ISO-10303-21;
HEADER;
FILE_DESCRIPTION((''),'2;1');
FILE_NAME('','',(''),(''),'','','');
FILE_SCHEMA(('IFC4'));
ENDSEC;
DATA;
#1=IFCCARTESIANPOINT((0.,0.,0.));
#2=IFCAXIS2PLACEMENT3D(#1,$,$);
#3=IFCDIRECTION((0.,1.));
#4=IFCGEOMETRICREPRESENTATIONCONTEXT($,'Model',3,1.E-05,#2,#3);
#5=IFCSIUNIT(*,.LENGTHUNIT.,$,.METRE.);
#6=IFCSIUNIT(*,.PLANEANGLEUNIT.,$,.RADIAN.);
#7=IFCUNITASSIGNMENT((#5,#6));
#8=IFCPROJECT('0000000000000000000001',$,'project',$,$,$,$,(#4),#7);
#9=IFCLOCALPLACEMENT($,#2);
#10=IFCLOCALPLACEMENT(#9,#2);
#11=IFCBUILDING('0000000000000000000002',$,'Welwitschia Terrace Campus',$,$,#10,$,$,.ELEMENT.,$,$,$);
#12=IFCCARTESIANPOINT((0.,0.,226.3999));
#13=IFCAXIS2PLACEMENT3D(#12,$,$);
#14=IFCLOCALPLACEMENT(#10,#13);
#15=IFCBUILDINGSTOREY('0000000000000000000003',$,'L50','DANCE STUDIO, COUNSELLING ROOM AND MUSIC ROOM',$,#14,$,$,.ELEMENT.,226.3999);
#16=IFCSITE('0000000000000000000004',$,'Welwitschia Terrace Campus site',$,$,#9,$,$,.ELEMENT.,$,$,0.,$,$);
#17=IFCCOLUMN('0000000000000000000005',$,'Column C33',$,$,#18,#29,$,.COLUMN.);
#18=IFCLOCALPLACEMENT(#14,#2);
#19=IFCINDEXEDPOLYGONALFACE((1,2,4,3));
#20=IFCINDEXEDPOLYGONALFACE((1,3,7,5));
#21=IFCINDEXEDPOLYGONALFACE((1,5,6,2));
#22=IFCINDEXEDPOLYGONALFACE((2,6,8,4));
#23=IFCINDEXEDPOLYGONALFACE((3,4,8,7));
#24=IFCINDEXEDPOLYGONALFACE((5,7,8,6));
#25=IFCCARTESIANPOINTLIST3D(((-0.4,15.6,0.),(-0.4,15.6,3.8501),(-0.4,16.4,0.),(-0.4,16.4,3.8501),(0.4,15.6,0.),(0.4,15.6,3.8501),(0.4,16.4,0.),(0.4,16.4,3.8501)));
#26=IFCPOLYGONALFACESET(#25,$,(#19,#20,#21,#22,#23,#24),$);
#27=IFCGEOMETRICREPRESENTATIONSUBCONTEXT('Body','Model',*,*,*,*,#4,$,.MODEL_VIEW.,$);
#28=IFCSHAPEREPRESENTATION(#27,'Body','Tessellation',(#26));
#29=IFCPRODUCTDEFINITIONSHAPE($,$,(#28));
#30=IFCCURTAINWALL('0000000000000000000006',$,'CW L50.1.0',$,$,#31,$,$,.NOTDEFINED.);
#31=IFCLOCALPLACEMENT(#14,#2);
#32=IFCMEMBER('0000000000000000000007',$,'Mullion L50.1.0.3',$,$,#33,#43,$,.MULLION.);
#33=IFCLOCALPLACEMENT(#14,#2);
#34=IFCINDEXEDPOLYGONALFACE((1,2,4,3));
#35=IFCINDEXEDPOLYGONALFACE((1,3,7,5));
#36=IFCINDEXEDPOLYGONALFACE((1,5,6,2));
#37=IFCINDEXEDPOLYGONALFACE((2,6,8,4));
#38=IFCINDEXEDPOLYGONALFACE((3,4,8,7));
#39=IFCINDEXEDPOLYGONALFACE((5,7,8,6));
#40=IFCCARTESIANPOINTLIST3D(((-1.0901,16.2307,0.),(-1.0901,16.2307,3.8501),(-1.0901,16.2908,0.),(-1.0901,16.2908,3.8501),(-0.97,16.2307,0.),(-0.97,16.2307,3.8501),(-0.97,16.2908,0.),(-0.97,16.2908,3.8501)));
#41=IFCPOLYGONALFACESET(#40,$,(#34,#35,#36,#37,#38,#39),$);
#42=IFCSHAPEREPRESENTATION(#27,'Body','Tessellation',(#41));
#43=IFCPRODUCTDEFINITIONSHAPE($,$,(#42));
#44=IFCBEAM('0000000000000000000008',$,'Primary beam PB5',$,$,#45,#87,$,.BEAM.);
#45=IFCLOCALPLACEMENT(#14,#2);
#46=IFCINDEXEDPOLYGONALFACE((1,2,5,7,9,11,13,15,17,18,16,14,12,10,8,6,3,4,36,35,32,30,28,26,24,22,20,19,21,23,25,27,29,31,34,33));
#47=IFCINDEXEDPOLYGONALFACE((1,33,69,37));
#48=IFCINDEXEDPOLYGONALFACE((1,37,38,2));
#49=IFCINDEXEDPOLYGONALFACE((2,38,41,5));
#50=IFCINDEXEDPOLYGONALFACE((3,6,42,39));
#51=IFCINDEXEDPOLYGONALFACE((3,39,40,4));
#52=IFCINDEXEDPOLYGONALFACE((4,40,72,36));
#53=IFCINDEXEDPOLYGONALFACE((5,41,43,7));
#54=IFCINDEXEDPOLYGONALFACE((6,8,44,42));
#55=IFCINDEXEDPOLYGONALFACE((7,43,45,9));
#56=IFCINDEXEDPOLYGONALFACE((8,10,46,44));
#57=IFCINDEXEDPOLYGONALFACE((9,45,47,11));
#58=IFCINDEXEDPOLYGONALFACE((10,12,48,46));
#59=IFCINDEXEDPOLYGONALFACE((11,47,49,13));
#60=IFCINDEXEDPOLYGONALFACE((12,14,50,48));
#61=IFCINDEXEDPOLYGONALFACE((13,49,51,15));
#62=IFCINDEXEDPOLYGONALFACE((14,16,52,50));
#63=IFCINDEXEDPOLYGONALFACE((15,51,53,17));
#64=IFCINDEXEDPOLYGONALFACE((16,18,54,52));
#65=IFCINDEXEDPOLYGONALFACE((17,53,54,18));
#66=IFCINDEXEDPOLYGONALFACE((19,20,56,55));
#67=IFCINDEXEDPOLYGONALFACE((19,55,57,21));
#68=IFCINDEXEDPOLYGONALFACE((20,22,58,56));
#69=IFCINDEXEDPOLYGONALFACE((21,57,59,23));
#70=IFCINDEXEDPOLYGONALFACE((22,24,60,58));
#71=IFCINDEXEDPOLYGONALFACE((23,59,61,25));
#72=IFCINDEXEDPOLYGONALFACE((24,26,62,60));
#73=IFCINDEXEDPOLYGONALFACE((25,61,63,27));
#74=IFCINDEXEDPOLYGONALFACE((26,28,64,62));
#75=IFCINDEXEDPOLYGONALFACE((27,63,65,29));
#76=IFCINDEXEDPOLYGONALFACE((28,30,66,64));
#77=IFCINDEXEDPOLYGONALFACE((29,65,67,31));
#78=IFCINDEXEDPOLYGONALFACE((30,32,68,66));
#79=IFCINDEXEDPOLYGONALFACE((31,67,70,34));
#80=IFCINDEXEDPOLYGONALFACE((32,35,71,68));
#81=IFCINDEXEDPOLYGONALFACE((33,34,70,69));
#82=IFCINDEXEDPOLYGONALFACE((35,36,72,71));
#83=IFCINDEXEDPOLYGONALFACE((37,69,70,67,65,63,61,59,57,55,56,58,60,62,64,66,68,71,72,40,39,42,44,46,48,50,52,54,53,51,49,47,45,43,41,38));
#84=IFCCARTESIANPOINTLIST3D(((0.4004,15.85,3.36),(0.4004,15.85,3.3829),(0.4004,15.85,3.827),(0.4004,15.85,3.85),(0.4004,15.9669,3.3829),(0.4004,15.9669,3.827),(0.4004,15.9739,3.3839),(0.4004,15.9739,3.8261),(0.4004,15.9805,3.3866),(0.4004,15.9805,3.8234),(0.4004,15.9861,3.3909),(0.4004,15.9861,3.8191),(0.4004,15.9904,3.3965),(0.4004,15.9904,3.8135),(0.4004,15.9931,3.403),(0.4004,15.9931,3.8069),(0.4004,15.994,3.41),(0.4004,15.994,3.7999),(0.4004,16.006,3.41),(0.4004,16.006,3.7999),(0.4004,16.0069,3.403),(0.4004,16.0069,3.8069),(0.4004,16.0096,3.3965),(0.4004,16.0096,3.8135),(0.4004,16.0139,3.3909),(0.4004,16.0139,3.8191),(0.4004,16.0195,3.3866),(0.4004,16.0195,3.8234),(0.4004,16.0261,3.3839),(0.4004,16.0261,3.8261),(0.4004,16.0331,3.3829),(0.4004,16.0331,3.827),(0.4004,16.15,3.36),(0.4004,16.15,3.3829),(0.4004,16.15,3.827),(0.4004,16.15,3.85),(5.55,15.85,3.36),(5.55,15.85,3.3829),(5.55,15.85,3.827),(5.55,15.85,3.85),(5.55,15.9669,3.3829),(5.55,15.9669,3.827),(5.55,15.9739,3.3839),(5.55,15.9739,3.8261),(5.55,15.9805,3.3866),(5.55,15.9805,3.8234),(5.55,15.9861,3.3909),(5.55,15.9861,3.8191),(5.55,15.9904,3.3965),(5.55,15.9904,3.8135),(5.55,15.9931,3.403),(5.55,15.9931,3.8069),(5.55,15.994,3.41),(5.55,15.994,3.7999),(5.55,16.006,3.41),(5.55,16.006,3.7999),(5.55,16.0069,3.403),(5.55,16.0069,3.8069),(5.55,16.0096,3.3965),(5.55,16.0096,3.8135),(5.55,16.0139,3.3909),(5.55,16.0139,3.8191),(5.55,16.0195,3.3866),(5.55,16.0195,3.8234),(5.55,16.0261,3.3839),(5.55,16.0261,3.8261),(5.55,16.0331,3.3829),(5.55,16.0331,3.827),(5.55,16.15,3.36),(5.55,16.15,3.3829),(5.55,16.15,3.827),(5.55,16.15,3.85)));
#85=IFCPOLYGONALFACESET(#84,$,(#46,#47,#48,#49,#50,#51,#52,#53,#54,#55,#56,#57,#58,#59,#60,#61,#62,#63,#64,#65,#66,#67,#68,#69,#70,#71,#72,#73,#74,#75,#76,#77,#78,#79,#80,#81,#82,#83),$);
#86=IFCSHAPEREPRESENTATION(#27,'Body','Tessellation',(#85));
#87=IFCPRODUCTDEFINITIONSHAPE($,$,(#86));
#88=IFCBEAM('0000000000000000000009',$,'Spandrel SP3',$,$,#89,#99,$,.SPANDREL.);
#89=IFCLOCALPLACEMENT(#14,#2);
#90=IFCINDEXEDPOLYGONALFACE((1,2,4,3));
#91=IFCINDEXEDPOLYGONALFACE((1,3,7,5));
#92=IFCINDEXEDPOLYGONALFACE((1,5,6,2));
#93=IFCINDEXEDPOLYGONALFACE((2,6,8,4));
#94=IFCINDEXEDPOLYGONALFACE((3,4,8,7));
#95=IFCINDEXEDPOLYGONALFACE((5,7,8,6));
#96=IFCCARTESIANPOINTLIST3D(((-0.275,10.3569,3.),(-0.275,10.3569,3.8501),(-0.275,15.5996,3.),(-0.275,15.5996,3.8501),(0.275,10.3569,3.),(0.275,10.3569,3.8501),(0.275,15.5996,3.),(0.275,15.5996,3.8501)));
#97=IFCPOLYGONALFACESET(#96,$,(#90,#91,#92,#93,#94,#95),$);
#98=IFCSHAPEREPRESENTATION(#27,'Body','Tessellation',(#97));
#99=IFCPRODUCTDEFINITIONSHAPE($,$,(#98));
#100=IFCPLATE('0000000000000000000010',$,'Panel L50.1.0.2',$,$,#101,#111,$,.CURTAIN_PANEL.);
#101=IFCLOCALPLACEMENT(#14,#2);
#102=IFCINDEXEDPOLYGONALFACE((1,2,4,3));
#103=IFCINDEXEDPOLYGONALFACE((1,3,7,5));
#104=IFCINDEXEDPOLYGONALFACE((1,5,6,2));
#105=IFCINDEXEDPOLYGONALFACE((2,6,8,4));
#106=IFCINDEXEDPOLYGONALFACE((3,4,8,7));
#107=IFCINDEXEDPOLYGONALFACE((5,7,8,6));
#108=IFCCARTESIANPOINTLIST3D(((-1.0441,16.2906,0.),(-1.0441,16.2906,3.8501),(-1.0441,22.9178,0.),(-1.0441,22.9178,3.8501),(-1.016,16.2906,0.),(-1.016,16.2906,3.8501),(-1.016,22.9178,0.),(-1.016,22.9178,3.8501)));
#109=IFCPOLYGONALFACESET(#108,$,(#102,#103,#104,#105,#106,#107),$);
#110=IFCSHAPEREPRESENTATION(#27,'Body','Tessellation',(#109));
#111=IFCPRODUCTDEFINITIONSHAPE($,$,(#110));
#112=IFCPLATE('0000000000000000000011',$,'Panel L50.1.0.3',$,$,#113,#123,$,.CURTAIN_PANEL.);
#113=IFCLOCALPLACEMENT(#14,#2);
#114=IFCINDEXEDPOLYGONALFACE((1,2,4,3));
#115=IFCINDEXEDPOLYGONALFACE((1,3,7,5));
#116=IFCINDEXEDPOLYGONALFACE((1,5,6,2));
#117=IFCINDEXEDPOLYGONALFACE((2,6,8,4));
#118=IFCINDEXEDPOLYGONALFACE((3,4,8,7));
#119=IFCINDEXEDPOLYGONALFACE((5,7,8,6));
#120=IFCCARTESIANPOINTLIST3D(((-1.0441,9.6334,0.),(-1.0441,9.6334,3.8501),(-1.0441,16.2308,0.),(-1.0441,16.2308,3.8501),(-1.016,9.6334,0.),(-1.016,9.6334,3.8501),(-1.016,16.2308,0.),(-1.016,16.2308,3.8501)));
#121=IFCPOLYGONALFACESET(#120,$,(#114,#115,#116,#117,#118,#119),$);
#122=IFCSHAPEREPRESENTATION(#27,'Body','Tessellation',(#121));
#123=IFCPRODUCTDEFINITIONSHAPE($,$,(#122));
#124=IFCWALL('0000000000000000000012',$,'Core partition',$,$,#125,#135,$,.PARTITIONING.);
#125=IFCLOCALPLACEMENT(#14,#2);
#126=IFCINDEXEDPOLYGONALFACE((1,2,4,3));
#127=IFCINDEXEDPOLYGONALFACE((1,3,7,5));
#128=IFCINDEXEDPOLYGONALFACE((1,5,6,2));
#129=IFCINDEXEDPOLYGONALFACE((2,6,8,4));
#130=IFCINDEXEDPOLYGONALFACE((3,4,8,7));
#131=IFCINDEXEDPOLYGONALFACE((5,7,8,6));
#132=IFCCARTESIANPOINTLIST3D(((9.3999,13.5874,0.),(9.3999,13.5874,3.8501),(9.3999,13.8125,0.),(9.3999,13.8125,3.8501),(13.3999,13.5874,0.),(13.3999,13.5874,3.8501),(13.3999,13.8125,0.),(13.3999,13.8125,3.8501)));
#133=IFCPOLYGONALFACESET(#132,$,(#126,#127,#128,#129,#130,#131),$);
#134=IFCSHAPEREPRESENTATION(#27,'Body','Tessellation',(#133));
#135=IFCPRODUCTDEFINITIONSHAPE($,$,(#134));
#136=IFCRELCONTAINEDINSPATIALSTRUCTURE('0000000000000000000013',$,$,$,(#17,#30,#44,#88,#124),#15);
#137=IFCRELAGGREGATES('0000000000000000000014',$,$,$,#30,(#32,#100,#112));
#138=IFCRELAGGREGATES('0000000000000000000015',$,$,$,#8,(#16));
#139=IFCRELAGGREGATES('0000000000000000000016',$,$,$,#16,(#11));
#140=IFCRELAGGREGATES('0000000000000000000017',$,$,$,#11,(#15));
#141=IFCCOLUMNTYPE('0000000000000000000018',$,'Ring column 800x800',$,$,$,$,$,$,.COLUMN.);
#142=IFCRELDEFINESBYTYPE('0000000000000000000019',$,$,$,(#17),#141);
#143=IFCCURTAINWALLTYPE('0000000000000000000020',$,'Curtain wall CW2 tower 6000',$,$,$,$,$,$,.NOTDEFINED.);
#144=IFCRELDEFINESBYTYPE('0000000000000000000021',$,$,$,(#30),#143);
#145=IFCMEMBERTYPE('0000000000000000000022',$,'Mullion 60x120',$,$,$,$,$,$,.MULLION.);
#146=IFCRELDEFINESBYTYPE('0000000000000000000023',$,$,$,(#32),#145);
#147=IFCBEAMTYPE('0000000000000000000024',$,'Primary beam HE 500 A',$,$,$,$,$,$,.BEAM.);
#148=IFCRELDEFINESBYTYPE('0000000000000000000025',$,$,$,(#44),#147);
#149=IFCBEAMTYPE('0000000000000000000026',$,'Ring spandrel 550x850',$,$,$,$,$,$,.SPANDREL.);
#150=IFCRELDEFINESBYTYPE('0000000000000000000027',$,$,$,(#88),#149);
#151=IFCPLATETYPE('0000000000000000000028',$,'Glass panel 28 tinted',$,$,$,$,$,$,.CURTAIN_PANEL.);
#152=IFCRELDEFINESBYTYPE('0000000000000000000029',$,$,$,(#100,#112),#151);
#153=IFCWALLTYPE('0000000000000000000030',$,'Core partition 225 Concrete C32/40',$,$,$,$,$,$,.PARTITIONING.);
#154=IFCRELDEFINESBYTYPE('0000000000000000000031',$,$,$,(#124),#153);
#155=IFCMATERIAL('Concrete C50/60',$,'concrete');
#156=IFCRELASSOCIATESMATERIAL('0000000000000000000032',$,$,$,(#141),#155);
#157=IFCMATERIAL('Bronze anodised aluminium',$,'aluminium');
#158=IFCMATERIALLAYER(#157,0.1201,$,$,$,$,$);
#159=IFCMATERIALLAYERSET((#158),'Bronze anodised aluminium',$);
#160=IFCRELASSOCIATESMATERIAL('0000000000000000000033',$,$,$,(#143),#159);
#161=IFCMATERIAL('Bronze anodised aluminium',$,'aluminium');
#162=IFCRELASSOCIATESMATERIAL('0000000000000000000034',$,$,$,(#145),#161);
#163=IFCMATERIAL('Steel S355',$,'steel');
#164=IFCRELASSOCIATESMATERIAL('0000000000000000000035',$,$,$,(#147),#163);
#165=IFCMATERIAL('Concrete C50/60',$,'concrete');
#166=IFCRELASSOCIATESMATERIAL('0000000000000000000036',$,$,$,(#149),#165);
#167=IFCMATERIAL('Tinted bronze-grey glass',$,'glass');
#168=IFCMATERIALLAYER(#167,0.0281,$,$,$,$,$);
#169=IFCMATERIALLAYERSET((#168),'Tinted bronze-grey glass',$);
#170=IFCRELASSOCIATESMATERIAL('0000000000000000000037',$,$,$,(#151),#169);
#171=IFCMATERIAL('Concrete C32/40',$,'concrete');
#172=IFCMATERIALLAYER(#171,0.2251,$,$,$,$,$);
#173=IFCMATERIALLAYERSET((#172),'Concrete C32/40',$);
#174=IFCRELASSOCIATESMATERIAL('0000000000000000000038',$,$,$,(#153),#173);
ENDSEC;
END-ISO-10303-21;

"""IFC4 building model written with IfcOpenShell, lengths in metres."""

from ifc_helpers import new_model, si_unit, direction, frame, frame_2d, origin, origin_2d, place, context, subcontext, project, spatial, rectangle, i_section, extrude, material, layer, layer_set, material_profile, profile_set, type_object, element, aggregate, save


model = new_model("IFC4")

# Units and contexts
model_context = context("Model", 3, precision=1e-05, world=origin(), true_north=direction((0.0, 1.0)))
body_context = subcontext(model_context, "Body", "Model", "MODEL_VIEW")
ifc_project = project(units=[si_unit("LENGTHUNIT", "METRE"), si_unit("PLANEANGLEUNIT", "RADIAN")], contexts=[model_context])

# Site, building, storey
site_placement = place(None, origin())
site = spatial("IfcSite", under=ifc_project, at=site_placement, Name="Welwitschia Terrace Campus site", CompositionType="ELEMENT", RefElevation=0.0)
building_placement = place(site_placement, origin())
building = spatial("IfcBuilding", under=site, at=building_placement, Name="Welwitschia Terrace Campus", CompositionType="ELEMENT")
storey_placement = place(building_placement, frame((0.0, 0.0, 226.3999)))
storey = spatial("IfcBuildingStorey", under=building, at=storey_placement, Name="L50", Description="DANCE STUDIO, COUNSELLING ROOM AND MUSIC ROOM", CompositionType="ELEMENT", Elevation=226.3999)

# Column
ifc_material_1 = material(Name="Concrete C50/60", Category="concrete")
ifc_material_profile_1 = material_profile(ifc_material_1, rectangle(XDim=0.8, YDim=0.8, at=origin_2d()))
ifc_profile_set_1 = profile_set([ifc_material_profile_1], Name="Concrete C50/60")
column_type = type_object("IfcColumnType", Name="Ring column 800x800", PredefinedType="COLUMN", material=ifc_profile_set_1)
column_placement = place(storey_placement, frame((0.0, 16.0, 0.0), z_axis=(0.0, 0.0, 1.0), x_axis=(1.0, 0.0, 0.0)))
element("IfcColumn", 1, at=column_placement, inside=storey, type_object=column_type, Name="Column C33", PredefinedType="COLUMN", context=body_context, shape_type="SweptSolid", body=[
    extrude(rectangle(XDim=0.8, YDim=0.8, at=origin_2d()), origin(), (0.0, 0.0, 1.0), 3.8501),
])

# Curtain wall, member
ifc_material_2 = material(Name="Bronze anodised aluminium", Category="aluminium")
ifc_layer_1 = layer(ifc_material_2, 0.1201)
ifc_layer_set_1 = layer_set([ifc_layer_1], Name="Bronze anodised aluminium")
curtain_wall_type = type_object("IfcCurtainWallType", Name="Curtain wall CW2 tower 6000", PredefinedType="NOTDEFINED", material=ifc_layer_set_1)
curtain_wall_placement = place(storey_placement, origin())
curtain_wall = element("IfcCurtainWall", 2, at=curtain_wall_placement, inside=storey, type_object=curtain_wall_type, Name="CW L50.1.0", PredefinedType="NOTDEFINED")
ifc_material_3 = material(Name="Bronze anodised aluminium", Category="aluminium")
ifc_material_profile_2 = material_profile(ifc_material_3, rectangle(XDim=0.1201, YDim=0.0601, at=origin_2d()))
ifc_profile_set_2 = profile_set([ifc_material_profile_2], Name="Bronze anodised aluminium")
member_type = type_object("IfcMemberType", Name="Mullion 60x120", PredefinedType="MULLION", material=ifc_profile_set_2)
member_placement = place(storey_placement, frame((-1.03, 16.2607, 0.0), z_axis=(0.0, 0.0, 1.0), x_axis=(1.0, 0.0, 0.0)))
member = element("IfcMember", 3, at=member_placement, type_object=member_type, Name="Mullion L50.1.0.3", PredefinedType="MULLION", context=body_context, shape_type="SweptSolid", body=[
    extrude(rectangle(XDim=0.1201, YDim=0.0601, at=origin_2d()), origin(), (0.0, 0.0, 1.0), 3.8501),
])

# Beams
ifc_material_4 = material(Name="Steel S355", Category="steel")
ifc_material_profile_3 = material_profile(ifc_material_4, i_section(OverallWidth=0.3, OverallDepth=0.49, WebThickness=0.012, FlangeThickness=0.0229, FilletRadius=0.0271, at=origin_2d()))
ifc_profile_set_3 = profile_set([ifc_material_profile_3], Name="Steel S355")
beam_type_1 = type_object("IfcBeamType", Name="Primary beam HE 500 A", PredefinedType="BEAM", material=ifc_profile_set_3)
beam_1_placement = place(storey_placement, frame((0.4004, 16.0, 3.605), z_axis=(1.0, 0.0, 0.0), x_axis=(0.0, 1.0, 0.0)))
element("IfcBeam", 4, at=beam_1_placement, inside=storey, type_object=beam_type_1, Name="Primary beam PB5", PredefinedType="BEAM", context=body_context, shape_type="SweptSolid", body=[
    extrude(i_section(OverallWidth=0.3, OverallDepth=0.49, WebThickness=0.012, FlangeThickness=0.0229, FilletRadius=0.0271, at=origin_2d()), origin(), (0.0, 0.0, 1.0), 5.1497),
])
ifc_material_5 = material(Name="Concrete C50/60", Category="concrete")
ifc_material_profile_4 = material_profile(ifc_material_5, rectangle(XDim=0.55, YDim=0.8501, at=origin_2d()))
ifc_profile_set_4 = profile_set([ifc_material_profile_4], Name="Concrete C50/60")
beam_type_2 = type_object("IfcBeamType", Name="Ring spandrel 550x850", PredefinedType="SPANDREL", material=ifc_profile_set_4)
beam_2_placement = place(storey_placement, frame((0.0, 15.5996, 3.425), z_axis=(0.0, -1.0, 0.0), x_axis=(1.0, 0.0, 0.0)))
element("IfcBeam", 5, at=beam_2_placement, inside=storey, type_object=beam_type_2, Name="Spandrel SP3", PredefinedType="SPANDREL", context=body_context, shape_type="SweptSolid", body=[
    extrude(rectangle(XDim=0.55, YDim=0.8501, at=origin_2d()), origin(), (0.0, 0.0, 1.0), 5.2427),
])

# Plates
ifc_material_6 = material(Name="Tinted bronze-grey glass", Category="glass")
ifc_layer_2 = layer(ifc_material_6, 0.0281)
ifc_layer_set_2 = layer_set([ifc_layer_2], Name="Tinted bronze-grey glass")
plate_type = type_object("IfcPlateType", Name="Glass panel 28 tinted", PredefinedType="CURTAIN_PANEL", material=ifc_layer_set_2)
plate_1_placement = place(storey_placement, frame((-1.03, 19.6042, 0.0), z_axis=(0.0, 0.0, 1.0), x_axis=(0.0, -1.0, 0.0)))
plate_1 = element("IfcPlate", 6, at=plate_1_placement, type_object=plate_type, Name="Panel L50.1.0.2", PredefinedType="CURTAIN_PANEL", context=body_context, shape_type="SweptSolid", body=[
    extrude(rectangle(XDim=6.6272, YDim=0.0281, at=origin_2d()), origin(), (0.0, 0.0, 1.0), 3.8501),
])
plate_2_placement = place(storey_placement, frame((-1.03, 12.9321, 0.0), z_axis=(0.0, 0.0, 1.0), x_axis=(0.0, -1.0, 0.0)))
plate_2 = element("IfcPlate", 7, at=plate_2_placement, type_object=plate_type, Name="Panel L50.1.0.3", PredefinedType="CURTAIN_PANEL", context=body_context, shape_type="SweptSolid", body=[
    extrude(rectangle(XDim=6.5974, YDim=0.0281, at=origin_2d()), origin(), (0.0, 0.0, 1.0), 3.8501),
])
aggregate(curtain_wall, [member, plate_1, plate_2])

# Wall
ifc_material_7 = material(Name="Concrete C32/40", Category="concrete")
ifc_layer_3 = layer(ifc_material_7, 0.2251)
ifc_layer_set_3 = layer_set([ifc_layer_3], Name="Concrete C32/40")
wall_type_1 = type_object("IfcWallType", Name="Core partition 225 Concrete C32/40", PredefinedType="PARTITIONING", material=ifc_layer_set_3)
wall_1_placement = place(storey_placement, frame((9.3999, 13.7, 0.0), z_axis=(0.0, 0.0, 1.0), x_axis=(1.0, 0.0, 0.0)))
element("IfcWall", 8, at=wall_1_placement, inside=storey, type_object=wall_type_1, Name="Core partition", PredefinedType="PARTITIONING", context=body_context, shape_type="SweptSolid", body=[
    extrude(rectangle(XDim=4.0, YDim=0.2251, at=frame_2d((2.0, 0.0))), origin(), (0.0, 0.0, 1.0), 3.8501),
])

save(model, "model.ifc")
